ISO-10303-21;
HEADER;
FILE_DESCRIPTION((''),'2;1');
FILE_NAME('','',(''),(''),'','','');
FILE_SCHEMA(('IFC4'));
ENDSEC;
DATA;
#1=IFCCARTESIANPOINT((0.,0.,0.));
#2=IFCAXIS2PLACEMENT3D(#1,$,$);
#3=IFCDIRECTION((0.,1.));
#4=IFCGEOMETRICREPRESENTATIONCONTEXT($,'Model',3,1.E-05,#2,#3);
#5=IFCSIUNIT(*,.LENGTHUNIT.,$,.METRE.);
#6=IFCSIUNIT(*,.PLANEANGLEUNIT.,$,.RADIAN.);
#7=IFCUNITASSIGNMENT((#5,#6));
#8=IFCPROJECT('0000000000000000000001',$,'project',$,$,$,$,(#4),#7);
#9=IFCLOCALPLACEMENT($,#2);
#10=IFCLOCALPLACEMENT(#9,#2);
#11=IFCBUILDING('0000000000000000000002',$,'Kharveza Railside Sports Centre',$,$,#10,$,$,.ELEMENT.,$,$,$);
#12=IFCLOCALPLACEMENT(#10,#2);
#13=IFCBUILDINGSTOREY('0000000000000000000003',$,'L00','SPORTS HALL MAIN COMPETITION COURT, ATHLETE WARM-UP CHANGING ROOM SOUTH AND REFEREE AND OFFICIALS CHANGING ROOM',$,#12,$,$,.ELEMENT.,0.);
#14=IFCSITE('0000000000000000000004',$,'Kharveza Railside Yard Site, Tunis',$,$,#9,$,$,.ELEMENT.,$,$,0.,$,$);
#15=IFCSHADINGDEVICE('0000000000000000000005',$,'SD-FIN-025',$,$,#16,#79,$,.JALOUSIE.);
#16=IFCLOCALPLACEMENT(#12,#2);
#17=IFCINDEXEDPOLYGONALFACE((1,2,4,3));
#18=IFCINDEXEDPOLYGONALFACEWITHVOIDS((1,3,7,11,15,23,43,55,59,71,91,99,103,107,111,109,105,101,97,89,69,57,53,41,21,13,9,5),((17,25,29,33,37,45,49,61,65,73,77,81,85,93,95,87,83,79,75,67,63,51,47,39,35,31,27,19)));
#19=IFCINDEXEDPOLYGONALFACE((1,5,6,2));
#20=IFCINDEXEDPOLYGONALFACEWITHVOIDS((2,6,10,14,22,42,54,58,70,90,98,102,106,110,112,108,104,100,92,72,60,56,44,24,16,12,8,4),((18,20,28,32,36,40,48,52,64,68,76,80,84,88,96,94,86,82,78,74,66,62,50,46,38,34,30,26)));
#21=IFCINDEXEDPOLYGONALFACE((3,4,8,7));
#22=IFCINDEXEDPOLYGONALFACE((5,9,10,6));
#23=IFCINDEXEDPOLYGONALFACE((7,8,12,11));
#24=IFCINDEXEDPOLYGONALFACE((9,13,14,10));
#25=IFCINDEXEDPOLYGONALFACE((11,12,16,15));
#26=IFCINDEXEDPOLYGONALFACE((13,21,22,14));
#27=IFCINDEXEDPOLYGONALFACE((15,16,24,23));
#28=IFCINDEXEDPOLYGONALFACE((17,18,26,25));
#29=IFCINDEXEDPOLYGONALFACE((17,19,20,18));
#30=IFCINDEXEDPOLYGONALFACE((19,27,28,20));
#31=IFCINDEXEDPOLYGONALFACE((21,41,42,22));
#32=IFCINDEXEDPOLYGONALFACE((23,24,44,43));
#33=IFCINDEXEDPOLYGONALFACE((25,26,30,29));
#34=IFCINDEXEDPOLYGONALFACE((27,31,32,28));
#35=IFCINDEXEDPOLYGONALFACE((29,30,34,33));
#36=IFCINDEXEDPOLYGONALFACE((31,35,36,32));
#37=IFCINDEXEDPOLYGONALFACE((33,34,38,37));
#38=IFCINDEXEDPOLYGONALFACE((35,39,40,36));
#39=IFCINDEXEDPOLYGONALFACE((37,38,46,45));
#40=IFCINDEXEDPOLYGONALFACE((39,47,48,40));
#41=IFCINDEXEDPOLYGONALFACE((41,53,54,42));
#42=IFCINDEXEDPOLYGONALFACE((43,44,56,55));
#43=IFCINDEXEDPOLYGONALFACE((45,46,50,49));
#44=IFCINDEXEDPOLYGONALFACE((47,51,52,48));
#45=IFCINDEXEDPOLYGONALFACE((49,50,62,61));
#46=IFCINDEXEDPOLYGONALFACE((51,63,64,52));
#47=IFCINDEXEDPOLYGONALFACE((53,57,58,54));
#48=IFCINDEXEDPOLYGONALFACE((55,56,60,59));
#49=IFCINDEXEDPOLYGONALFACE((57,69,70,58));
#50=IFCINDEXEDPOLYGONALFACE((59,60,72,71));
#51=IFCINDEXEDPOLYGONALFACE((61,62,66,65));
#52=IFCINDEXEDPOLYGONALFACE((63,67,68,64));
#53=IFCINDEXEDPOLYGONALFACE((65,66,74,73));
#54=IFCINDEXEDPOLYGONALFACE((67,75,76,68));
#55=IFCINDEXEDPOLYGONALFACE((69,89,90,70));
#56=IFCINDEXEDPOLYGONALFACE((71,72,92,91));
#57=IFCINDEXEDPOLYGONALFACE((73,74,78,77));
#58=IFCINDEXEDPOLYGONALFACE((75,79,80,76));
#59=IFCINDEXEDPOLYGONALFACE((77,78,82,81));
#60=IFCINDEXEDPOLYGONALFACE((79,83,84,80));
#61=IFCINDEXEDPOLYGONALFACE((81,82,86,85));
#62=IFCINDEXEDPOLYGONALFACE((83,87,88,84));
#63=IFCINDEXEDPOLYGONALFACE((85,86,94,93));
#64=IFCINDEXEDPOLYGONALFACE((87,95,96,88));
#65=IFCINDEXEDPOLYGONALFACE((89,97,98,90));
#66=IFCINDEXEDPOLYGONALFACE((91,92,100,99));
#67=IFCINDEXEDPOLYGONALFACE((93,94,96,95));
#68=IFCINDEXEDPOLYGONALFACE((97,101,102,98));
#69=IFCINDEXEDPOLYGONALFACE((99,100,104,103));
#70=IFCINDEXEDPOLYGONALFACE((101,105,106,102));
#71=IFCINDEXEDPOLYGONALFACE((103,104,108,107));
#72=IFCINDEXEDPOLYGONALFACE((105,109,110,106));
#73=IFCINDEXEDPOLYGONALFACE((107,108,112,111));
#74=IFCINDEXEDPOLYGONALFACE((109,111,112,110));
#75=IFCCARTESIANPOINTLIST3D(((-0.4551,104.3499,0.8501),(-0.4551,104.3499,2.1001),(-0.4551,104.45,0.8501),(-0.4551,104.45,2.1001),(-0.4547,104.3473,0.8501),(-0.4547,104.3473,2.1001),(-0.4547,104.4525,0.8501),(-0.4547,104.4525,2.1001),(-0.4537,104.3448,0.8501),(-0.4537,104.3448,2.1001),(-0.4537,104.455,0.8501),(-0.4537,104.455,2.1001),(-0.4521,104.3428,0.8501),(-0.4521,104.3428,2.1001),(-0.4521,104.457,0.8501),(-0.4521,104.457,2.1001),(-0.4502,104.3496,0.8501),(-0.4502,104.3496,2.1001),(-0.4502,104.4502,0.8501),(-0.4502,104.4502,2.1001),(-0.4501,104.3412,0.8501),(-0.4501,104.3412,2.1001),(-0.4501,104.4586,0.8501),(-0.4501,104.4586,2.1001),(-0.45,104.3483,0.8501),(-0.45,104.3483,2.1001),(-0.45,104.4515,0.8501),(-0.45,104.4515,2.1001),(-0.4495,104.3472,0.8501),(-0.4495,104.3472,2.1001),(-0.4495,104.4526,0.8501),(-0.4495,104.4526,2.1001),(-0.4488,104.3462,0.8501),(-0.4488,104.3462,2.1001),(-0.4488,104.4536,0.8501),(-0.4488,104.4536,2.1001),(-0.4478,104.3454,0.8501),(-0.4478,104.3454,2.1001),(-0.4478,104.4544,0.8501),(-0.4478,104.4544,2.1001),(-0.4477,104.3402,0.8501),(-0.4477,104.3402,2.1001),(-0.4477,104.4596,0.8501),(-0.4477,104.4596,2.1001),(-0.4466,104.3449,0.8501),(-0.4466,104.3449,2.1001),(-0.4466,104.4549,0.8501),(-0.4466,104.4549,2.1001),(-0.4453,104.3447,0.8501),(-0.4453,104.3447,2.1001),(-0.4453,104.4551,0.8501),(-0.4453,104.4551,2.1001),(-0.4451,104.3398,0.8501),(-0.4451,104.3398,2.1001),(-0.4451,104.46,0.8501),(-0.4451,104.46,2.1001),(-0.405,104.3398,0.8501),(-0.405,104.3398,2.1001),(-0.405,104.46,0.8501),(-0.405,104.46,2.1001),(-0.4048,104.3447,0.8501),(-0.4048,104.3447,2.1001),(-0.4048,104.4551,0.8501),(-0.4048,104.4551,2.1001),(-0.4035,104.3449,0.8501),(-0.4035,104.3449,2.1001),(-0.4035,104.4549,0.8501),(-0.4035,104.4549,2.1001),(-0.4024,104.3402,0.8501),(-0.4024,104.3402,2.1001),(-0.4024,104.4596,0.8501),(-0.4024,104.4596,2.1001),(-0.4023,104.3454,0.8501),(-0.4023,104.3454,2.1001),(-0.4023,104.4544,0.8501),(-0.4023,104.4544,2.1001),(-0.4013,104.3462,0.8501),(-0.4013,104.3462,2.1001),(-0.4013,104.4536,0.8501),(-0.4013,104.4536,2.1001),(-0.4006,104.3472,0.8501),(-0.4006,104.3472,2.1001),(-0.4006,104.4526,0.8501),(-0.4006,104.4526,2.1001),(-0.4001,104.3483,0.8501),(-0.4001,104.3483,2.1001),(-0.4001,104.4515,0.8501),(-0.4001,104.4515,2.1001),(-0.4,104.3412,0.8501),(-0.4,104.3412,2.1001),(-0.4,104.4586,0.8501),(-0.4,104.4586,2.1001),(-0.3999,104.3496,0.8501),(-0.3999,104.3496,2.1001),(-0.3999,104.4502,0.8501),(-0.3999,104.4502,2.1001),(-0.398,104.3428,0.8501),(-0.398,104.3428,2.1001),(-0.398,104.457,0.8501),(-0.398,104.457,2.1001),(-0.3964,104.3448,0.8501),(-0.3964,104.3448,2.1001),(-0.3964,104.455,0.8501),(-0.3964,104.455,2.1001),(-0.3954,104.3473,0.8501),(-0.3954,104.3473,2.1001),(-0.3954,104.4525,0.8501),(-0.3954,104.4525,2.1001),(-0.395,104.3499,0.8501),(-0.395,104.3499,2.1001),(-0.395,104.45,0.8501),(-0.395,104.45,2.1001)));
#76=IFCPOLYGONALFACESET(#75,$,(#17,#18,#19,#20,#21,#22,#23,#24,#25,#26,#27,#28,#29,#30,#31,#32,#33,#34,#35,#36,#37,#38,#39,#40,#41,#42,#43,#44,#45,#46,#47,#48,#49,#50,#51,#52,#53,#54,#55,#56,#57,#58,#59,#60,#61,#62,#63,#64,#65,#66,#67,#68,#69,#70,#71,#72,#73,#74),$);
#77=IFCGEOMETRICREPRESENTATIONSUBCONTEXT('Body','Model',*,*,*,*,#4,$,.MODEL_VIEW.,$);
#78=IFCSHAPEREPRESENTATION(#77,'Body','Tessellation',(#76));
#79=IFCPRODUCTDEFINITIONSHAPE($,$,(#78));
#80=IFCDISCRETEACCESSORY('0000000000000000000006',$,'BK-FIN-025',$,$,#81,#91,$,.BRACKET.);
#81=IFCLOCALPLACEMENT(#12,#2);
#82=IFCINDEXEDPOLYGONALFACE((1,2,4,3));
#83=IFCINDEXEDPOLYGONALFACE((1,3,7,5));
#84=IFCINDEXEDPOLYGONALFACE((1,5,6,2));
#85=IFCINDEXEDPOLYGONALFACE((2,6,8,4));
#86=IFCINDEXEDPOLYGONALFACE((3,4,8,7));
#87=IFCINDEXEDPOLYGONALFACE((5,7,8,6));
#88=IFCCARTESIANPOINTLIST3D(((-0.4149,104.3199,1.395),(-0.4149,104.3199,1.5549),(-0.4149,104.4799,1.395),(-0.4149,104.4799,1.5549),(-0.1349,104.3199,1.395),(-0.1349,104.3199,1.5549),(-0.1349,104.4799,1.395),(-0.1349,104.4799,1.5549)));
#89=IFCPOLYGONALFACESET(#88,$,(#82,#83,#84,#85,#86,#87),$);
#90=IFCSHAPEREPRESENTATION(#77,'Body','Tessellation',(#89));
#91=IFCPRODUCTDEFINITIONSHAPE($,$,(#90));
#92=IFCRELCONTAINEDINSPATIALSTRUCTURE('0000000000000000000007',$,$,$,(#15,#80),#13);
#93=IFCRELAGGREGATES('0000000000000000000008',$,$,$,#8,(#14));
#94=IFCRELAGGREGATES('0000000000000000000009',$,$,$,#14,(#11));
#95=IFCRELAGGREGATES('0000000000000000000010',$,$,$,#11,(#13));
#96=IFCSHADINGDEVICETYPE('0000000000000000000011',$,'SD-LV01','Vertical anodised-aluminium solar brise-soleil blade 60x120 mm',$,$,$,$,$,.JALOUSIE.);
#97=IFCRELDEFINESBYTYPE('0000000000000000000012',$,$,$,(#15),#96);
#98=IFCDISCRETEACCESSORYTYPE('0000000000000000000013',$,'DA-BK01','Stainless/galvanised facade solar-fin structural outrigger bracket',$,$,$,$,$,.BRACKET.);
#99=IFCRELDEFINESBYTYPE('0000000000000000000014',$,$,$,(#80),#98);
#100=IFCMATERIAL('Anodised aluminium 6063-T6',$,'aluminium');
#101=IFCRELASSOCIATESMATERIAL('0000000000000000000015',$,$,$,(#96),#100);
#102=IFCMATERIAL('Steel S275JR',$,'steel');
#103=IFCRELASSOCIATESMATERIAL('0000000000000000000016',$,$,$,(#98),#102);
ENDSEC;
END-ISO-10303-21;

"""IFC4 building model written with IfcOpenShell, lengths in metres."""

from ifc_helpers import new_model, si_unit, direction, frame, origin, origin_2d, place, context, subcontext, project, spatial, rectangle, hollow_rectangle, extrude, material, material_profile, profile_set, type_object, element, save


model = new_model("IFC4")

# Units and contexts
model_context = context("Model", 3, precision=1e-05, world=origin(), true_north=direction((0.0, 1.0)))
body_context = subcontext(model_context, "Body", "Model", "MODEL_VIEW")
ifc_project = project(units=[si_unit("LENGTHUNIT", "METRE"), si_unit("PLANEANGLEUNIT", "RADIAN")], contexts=[model_context])

# Site, building, storey
site_placement = place(None, origin())
site = spatial("IfcSite", under=ifc_project, at=site_placement, Name="Kharveza Railside Yard Site, Tunis", CompositionType="ELEMENT", RefElevation=0.0)
building_placement = place(site_placement, origin())
building = spatial("IfcBuilding", under=site, at=building_placement, Name="Kharveza Railside Sports Centre", CompositionType="ELEMENT")
storey_placement = place(building_placement, origin())
storey = spatial("IfcBuildingStorey", under=building, at=storey_placement, Name="L00", Description="SPORTS HALL MAIN COMPETITION COURT, ATHLETE WARM-UP CHANGING ROOM SOUTH AND REFEREE AND OFFICIALS CHANGING ROOM", CompositionType="ELEMENT", Elevation=0.0)

# Shading device
ifc_material_1 = material(Name="Anodised aluminium 6063-T6", Category="aluminium")
ifc_material_profile_1 = material_profile(ifc_material_1, hollow_rectangle(XDim=0.0601, YDim=0.1201, WallThickness=0.0049, InnerFilletRadius=0.0049, OuterFilletRadius=0.01, at=origin_2d()), Name="RHS 60x120x5.0")
ifc_profile_set_1 = profile_set([ifc_material_profile_1], Name="Anodised aluminium 6063-T6")
shading_device_type = type_object("IfcShadingDeviceType", Name="SD-LV01", Description="Vertical anodised-aluminium solar brise-soleil blade 60x120 mm", PredefinedType="JALOUSIE", material=ifc_profile_set_1)
shading_device_placement = place(storey_placement, frame((-0.425, 104.3999, 0.8501), z_axis=(0.0, 0.0, 1.0), x_axis=(-1.0, 0.0, 0.0)))
element("IfcShadingDevice", 1, at=shading_device_placement, inside=storey, type_object=shading_device_type, Name="SD-FIN-025", PredefinedType="JALOUSIE", context=body_context, shape_type="SweptSolid", body=[
    extrude(hollow_rectangle(XDim=0.0601, YDim=0.1201, WallThickness=0.0049, InnerFilletRadius=0.0049, OuterFilletRadius=0.01, at=origin_2d()), origin(), (0.0, 0.0, 1.0), 1.25),
])

# Discrete accessory
ifc_material_2 = material(Name="Steel S275JR", Category="steel")
discrete_accessory_type = type_object("IfcDiscreteAccessoryType", Name="DA-BK01", Description="Stainless/galvanised facade solar-fin structural outrigger bracket", PredefinedType="BRACKET", material=ifc_material_2)
discrete_accessory_placement = place(storey_placement, frame((-0.2749, 104.3999, 1.395), z_axis=(0.0, 0.0, 1.0), x_axis=(-1.0, 0.0, 0.0)))
element("IfcDiscreteAccessory", 2, at=discrete_accessory_placement, inside=storey, type_object=discrete_accessory_type, Name="BK-FIN-025", PredefinedType="BRACKET", context=body_context, shape_type="SweptSolid", body=[
    extrude(rectangle(XDim=0.28, YDim=0.1599, at=origin_2d()), origin(), (0.0, 0.0, 1.0), 0.1599),
])

save(model, "model.ifc")
